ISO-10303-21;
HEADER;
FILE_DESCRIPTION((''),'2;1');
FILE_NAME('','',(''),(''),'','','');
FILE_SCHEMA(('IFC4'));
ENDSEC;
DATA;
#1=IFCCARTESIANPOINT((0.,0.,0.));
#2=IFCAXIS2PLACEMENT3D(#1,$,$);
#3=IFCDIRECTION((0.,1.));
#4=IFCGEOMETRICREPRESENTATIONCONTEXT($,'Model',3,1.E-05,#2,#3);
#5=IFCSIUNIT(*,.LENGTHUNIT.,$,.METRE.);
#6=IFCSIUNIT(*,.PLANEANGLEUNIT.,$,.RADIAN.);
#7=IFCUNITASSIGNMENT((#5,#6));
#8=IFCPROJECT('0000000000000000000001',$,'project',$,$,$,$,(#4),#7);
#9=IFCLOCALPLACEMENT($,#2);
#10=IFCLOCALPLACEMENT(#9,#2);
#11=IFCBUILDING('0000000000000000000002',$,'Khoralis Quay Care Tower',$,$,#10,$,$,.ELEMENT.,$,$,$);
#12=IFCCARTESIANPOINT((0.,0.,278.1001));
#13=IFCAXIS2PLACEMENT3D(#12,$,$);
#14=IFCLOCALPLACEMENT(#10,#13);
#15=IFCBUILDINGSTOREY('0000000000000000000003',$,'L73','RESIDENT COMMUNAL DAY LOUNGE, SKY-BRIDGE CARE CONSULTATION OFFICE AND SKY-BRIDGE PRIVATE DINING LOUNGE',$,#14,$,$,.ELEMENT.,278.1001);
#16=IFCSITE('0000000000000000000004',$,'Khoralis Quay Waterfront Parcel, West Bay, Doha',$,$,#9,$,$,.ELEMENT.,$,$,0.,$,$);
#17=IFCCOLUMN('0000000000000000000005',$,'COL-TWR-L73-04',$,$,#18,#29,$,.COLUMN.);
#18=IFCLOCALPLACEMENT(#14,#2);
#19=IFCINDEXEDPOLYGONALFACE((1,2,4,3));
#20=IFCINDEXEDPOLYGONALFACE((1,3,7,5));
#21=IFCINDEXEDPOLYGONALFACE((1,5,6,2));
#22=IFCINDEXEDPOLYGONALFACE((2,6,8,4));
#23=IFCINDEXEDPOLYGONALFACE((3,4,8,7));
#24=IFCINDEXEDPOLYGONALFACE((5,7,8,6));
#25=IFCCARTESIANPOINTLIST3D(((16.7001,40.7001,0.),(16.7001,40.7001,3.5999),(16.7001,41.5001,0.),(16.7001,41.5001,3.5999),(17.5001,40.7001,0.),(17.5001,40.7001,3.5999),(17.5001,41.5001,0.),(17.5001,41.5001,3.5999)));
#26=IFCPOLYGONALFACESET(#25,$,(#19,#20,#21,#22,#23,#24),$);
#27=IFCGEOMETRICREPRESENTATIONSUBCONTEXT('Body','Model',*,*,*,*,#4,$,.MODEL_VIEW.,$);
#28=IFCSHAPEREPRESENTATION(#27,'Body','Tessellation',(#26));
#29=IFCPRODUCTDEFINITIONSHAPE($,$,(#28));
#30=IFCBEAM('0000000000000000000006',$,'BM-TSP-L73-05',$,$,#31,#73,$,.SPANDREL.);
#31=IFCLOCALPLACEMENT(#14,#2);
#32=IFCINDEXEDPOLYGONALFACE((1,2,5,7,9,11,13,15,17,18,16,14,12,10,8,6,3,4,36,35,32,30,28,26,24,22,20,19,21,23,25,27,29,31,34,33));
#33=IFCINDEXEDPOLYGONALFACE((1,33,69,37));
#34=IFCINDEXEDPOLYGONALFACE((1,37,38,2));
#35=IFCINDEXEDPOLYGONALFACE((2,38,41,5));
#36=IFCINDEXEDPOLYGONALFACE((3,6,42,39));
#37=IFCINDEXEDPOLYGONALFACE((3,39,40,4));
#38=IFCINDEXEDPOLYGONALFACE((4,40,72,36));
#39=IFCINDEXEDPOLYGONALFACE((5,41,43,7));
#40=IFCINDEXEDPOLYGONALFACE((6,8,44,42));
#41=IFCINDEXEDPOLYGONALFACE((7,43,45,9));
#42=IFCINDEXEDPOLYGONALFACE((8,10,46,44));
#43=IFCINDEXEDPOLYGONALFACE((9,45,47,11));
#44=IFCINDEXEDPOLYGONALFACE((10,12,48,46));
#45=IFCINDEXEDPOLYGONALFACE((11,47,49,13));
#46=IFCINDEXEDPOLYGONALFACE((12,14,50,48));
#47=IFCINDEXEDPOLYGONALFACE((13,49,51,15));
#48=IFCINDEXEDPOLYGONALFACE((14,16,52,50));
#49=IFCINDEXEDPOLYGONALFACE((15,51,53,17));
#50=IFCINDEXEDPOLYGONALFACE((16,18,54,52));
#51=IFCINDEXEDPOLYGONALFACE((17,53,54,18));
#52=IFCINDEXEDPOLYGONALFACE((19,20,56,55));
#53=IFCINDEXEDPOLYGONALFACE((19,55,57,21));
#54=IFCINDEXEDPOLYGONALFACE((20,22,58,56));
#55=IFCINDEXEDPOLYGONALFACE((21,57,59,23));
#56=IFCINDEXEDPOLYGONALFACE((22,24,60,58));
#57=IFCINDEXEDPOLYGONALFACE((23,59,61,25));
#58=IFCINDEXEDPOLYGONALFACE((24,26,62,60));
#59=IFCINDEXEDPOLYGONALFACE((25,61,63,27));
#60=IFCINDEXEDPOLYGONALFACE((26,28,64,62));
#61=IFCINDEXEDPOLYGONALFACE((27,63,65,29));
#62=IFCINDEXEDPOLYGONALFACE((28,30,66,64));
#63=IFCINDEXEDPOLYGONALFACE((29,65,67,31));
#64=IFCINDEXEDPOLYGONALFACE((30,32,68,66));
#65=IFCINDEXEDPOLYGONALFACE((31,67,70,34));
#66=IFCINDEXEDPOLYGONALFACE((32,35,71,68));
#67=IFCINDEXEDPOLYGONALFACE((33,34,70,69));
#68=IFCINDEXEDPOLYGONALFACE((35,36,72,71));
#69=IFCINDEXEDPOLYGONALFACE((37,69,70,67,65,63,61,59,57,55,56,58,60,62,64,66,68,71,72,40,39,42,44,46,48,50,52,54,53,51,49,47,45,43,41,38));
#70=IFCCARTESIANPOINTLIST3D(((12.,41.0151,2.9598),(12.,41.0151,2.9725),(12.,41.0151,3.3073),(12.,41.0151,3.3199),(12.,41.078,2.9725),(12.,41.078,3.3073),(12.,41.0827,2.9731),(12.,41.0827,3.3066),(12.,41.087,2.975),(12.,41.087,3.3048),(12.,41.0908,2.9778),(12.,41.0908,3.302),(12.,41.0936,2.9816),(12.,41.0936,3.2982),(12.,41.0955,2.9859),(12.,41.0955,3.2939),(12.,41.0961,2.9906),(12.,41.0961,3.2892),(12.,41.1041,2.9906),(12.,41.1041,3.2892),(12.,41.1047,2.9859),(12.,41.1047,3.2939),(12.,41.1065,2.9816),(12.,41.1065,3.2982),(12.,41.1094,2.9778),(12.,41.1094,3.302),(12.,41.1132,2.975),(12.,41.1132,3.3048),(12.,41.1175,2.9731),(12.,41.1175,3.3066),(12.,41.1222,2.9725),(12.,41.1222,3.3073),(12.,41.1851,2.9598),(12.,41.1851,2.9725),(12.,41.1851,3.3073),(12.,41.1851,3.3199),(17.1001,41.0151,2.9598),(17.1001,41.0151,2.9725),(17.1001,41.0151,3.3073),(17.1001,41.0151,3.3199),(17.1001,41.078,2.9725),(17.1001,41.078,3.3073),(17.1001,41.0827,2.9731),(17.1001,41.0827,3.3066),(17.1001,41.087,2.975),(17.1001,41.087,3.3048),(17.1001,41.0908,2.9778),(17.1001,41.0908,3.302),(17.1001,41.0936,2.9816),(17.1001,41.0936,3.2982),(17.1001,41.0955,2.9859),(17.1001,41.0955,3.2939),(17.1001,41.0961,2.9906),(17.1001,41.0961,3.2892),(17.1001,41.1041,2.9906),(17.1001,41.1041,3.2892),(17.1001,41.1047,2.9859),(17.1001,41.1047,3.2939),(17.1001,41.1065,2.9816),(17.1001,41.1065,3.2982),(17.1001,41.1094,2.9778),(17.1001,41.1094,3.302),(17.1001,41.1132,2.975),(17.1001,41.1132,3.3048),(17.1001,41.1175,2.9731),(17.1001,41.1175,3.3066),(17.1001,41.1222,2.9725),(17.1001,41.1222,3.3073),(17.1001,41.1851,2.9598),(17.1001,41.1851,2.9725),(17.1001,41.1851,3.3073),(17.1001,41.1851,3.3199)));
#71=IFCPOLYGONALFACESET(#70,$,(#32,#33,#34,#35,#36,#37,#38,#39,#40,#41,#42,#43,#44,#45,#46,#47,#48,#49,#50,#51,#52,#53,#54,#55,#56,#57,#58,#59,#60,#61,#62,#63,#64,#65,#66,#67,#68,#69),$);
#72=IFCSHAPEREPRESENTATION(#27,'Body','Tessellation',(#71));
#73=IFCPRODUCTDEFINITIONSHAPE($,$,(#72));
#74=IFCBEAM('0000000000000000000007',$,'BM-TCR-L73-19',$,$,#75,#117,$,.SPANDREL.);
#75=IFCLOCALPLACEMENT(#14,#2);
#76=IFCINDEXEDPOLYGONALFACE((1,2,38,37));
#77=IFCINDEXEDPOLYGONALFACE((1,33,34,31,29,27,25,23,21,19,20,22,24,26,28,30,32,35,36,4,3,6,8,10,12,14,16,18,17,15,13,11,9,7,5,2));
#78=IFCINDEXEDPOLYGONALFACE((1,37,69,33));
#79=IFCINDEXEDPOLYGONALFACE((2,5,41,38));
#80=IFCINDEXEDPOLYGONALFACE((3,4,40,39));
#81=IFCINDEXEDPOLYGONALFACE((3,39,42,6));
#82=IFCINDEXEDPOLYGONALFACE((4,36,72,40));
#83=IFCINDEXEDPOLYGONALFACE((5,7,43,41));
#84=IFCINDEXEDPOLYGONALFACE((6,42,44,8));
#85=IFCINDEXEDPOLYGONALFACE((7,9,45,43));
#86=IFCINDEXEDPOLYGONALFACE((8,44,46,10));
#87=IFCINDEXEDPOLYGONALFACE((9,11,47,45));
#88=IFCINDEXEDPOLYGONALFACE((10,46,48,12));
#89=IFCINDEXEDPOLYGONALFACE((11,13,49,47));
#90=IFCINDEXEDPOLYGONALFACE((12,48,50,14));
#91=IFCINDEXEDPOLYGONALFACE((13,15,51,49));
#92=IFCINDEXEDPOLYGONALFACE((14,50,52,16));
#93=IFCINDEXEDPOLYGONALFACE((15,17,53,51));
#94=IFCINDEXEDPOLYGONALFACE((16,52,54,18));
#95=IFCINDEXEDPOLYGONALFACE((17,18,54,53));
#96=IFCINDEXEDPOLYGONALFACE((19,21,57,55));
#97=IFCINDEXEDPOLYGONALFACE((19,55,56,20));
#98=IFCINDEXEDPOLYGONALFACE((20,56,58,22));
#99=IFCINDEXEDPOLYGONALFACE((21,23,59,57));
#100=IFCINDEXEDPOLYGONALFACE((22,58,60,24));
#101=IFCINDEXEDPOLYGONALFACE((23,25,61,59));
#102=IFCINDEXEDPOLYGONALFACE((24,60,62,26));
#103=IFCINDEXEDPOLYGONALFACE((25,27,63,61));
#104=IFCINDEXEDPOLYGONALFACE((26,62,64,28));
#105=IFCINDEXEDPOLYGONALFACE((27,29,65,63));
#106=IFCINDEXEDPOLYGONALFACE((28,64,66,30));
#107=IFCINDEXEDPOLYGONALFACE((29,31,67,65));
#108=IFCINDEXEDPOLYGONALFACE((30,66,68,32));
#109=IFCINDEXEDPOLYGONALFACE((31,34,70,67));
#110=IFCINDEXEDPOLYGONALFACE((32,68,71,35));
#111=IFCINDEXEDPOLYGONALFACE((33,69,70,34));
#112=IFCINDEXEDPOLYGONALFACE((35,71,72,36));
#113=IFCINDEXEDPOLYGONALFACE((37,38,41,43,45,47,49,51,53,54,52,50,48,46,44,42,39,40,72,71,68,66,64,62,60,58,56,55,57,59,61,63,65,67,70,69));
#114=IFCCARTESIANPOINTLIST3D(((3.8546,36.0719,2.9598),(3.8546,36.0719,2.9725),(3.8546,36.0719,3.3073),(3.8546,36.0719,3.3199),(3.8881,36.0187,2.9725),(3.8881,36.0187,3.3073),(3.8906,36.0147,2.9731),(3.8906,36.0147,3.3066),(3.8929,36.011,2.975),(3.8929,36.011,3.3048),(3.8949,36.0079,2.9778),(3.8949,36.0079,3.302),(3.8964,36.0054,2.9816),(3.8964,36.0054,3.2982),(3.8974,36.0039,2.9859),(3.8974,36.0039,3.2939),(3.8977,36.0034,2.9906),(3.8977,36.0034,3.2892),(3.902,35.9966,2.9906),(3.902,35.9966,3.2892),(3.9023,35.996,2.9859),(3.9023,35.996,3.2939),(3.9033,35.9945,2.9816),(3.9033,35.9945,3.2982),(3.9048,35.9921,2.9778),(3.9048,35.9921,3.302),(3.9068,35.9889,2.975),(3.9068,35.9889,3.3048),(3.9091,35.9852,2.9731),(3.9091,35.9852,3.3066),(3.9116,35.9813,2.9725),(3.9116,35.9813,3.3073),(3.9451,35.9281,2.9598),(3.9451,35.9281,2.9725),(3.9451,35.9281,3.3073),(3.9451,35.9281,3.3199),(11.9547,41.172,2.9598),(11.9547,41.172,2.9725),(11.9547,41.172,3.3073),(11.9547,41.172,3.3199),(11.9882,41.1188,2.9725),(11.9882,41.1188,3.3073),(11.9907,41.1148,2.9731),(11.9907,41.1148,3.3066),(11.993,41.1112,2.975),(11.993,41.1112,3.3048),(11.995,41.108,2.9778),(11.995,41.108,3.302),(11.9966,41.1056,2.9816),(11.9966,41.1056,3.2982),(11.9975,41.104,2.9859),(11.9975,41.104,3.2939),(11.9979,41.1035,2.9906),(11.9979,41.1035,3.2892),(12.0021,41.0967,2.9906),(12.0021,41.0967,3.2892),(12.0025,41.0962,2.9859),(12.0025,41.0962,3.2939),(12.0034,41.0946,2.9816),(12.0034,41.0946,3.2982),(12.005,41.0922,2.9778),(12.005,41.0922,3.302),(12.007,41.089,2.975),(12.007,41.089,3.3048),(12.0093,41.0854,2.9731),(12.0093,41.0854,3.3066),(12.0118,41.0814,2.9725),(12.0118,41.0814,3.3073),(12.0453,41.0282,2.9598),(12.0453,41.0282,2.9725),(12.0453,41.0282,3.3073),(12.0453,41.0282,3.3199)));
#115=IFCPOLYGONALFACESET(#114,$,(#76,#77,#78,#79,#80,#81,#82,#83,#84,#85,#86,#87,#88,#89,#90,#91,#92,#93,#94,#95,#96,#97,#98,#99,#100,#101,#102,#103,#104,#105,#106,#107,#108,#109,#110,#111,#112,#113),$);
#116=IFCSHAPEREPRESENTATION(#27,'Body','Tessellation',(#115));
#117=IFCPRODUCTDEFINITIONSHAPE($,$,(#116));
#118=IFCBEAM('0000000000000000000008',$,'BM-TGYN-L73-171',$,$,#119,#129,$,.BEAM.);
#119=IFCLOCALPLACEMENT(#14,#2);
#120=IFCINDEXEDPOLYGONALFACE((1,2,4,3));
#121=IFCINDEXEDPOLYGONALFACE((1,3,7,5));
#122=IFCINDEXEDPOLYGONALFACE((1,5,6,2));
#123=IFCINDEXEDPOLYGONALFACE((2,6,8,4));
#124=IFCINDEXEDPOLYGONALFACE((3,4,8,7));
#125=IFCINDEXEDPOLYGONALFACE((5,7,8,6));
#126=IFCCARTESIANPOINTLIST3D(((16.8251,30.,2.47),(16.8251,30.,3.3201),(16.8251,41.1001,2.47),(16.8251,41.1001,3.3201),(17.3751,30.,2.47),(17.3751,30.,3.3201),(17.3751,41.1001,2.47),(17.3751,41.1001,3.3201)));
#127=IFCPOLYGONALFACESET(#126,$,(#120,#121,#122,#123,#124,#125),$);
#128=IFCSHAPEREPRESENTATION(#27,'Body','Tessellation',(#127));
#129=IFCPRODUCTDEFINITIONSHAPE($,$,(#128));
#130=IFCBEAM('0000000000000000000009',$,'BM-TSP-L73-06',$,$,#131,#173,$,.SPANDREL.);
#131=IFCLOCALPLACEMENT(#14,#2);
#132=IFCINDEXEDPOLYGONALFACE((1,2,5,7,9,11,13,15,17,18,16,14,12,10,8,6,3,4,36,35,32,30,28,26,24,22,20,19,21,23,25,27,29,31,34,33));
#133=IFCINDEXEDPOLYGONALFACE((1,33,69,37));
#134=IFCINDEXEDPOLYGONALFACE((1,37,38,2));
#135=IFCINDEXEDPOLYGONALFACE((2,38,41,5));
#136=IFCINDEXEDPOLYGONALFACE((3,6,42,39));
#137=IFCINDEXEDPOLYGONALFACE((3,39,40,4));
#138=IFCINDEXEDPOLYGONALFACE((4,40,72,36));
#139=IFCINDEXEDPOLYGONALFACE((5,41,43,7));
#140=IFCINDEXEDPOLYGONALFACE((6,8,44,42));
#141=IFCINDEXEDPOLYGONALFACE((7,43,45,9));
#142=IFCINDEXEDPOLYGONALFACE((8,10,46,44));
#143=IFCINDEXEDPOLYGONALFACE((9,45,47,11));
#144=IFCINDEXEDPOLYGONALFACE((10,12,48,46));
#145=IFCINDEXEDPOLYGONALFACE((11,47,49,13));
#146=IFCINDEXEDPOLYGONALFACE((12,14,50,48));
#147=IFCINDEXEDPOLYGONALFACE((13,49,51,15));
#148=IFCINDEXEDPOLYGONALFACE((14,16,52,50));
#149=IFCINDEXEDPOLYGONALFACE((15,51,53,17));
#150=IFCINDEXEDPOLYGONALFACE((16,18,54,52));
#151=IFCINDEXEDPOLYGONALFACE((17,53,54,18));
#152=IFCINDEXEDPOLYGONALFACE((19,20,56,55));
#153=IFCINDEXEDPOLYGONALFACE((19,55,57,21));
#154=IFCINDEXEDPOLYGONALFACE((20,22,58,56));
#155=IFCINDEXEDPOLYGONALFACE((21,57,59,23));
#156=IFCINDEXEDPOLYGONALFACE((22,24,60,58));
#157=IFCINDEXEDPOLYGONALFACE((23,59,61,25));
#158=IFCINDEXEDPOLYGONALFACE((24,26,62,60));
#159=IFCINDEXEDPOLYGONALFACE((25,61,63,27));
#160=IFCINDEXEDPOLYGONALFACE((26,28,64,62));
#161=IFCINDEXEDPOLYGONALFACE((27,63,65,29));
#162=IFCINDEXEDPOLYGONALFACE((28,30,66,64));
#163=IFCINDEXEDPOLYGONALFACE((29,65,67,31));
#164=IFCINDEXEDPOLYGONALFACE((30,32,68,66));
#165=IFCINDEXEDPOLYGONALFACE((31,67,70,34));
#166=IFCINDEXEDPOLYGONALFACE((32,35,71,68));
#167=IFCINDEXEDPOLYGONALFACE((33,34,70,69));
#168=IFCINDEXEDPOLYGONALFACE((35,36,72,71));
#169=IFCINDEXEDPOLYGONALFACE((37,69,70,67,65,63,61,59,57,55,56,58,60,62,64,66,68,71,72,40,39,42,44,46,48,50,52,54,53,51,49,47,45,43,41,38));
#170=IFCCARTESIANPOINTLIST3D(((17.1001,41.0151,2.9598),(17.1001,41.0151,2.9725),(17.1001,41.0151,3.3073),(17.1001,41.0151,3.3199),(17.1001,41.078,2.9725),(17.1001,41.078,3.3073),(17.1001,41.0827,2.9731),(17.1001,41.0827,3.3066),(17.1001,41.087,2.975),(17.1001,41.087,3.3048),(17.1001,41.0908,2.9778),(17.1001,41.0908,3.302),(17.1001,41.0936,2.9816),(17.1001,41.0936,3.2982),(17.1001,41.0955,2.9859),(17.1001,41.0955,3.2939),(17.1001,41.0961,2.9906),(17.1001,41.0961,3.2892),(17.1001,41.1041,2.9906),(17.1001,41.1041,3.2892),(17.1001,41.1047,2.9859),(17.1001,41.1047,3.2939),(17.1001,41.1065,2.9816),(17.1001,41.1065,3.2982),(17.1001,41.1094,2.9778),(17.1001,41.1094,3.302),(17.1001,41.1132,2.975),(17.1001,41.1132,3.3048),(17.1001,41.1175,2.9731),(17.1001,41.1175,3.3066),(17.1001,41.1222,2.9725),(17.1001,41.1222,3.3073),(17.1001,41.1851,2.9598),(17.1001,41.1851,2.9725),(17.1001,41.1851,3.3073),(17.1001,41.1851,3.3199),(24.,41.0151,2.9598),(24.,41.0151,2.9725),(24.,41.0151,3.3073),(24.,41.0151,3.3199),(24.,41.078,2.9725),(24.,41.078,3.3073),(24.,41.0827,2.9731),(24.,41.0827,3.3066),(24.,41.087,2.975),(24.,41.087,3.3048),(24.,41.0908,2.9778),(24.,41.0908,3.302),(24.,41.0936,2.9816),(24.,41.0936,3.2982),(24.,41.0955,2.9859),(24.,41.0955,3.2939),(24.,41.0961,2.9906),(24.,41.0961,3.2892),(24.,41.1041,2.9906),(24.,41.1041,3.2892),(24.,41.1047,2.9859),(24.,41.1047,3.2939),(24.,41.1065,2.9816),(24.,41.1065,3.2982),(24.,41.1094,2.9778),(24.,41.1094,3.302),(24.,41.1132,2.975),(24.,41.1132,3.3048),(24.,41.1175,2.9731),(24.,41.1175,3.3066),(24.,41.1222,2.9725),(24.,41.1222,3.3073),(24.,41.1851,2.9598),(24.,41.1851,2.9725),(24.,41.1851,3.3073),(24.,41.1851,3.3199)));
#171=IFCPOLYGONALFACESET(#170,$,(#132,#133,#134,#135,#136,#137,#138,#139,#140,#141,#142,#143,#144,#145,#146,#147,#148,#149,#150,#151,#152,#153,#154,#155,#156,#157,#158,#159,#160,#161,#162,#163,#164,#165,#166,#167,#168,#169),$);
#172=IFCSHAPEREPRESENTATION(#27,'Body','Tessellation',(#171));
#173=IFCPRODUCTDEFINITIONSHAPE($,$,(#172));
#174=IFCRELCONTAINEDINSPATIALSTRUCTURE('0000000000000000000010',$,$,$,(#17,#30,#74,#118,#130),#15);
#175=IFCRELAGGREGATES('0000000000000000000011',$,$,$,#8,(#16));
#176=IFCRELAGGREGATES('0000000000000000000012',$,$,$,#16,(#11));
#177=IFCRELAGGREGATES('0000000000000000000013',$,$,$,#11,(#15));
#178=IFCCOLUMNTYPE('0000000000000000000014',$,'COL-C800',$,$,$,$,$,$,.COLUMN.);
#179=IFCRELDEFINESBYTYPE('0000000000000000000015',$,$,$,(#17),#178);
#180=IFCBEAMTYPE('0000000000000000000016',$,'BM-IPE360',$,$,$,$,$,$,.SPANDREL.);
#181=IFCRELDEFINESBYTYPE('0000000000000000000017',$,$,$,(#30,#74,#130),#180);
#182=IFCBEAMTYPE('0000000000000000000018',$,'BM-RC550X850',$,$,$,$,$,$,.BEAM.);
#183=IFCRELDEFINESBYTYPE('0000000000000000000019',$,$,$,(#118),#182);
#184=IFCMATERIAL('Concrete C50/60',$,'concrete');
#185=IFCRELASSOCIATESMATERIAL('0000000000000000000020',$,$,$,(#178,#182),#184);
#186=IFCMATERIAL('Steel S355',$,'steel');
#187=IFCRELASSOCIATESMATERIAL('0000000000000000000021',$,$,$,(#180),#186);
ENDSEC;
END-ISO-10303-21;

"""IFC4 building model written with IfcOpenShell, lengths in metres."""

from ifc_helpers import new_model, si_unit, direction, frame, origin, origin_2d, place, context, subcontext, project, spatial, rectangle, i_section, extrude, source, transform, mapped, material, material_profile, profile_set, type_object, element, save


model = new_model("IFC4")

# Units and contexts
model_context = context("Model", 3, precision=1e-05, world=origin(), true_north=direction((0.0, 1.0)))
body_context = subcontext(model_context, "Body", "Model", "MODEL_VIEW")
ifc_project = project(units=[si_unit("LENGTHUNIT", "METRE"), si_unit("PLANEANGLEUNIT", "RADIAN")], contexts=[model_context])

# Site, building, storey
site_placement = place(None, origin())
site = spatial("IfcSite", under=ifc_project, at=site_placement, Name="Khoralis Quay Waterfront Parcel, West Bay, Doha", CompositionType="ELEMENT", RefElevation=0.0)
building_placement = place(site_placement, origin())
building = spatial("IfcBuilding", under=site, at=building_placement, Name="Khoralis Quay Care Tower", CompositionType="ELEMENT")
storey_placement = place(building_placement, frame((0.0, 0.0, 278.1001)))
storey = spatial("IfcBuildingStorey", under=building, at=storey_placement, Name="L73", Description="RESIDENT COMMUNAL DAY LOUNGE, SKY-BRIDGE CARE CONSULTATION OFFICE AND SKY-BRIDGE PRIVATE DINING LOUNGE", CompositionType="ELEMENT", Elevation=278.1001)

# Column
ifc_material_1 = material(Name="Concrete C50/60", Category="concrete")
ifc_material_profile_1 = material_profile(ifc_material_1, rectangle(XDim=0.8, YDim=0.8, at=origin_2d()), Name="Concrete C50/60")
ifc_profile_set_1 = profile_set([ifc_material_profile_1], Name="Concrete C50/60")
column_type = type_object("IfcColumnType", Name="COL-C800", PredefinedType="COLUMN", material=ifc_profile_set_1)
shared_shape_1 = source(origin(), body_context, "Body", "SweptSolid", [
    extrude(rectangle(XDim=0.8, YDim=0.8, at=origin_2d()), origin(), (0.0, 0.0, 1.0), 3.5999),
])
column_placement = place(storey_placement, frame((17.1001, 41.1001, 0.0), z_axis=(0.0, 0.0, 1.0), x_axis=(1.0, 0.0, 0.0)))
element("IfcColumn", 1, at=column_placement, inside=storey, type_object=column_type, Name="COL-TWR-L73-04", PredefinedType="COLUMN", context=body_context, shape_type="MappedRepresentation", body=[
    mapped(shared_shape_1, transform((0.0, 0.0, 0.0), scale=1.0)),
])

# Beams
ifc_material_2 = material(Name="Steel S355", Category="steel")
ifc_material_profile_2 = material_profile(ifc_material_2, i_section(OverallWidth=0.1699, OverallDepth=0.3601, WebThickness=0.0081, FlangeThickness=0.0127, FilletRadius=0.0181, at=origin_2d()), Name="Steel S355")
ifc_profile_set_2 = profile_set([ifc_material_profile_2], Name="Steel S355")
beam_type_1 = type_object("IfcBeamType", Name="BM-IPE360", PredefinedType="SPANDREL", material=ifc_profile_set_2)
shared_shape_2 = source(origin(), body_context, "Body", "SweptSolid", [
    extrude(i_section(OverallWidth=0.1699, OverallDepth=0.3601, WebThickness=0.0081, FlangeThickness=0.0127, FilletRadius=0.0181, at=origin_2d()), origin(), (0.0, 0.0, 1.0), 5.1001),
])
beam_1_placement = place(storey_placement, frame((12.0, 41.1001, 3.1399), z_axis=(1.0, 0.0, 0.0), x_axis=(0.0, 1.0, 0.0)))
element("IfcBeam", 2, at=beam_1_placement, inside=storey, type_object=beam_type_1, Name="BM-TSP-L73-05", PredefinedType="SPANDREL", context=body_context, shape_type="MappedRepresentation", body=[
    mapped(shared_shape_2, transform((0.0, 0.0, 0.0), scale=1.0)),
])
shared_shape_3 = source(origin(), body_context, "Body", "SweptSolid", [
    extrude(i_section(OverallWidth=0.1699, OverallDepth=0.3601, WebThickness=0.0081, FlangeThickness=0.0127, FilletRadius=0.0181, at=origin_2d()), origin(), (0.0, 0.0, 1.0), 9.572),
])
beam_2_placement = place(storey_placement, frame((12.0, 41.1001, 3.1399), z_axis=(-0.846231, -0.532816, 0.0), x_axis=(0.532816, -0.846231, 0.0)))
element("IfcBeam", 3, at=beam_2_placement, inside=storey, type_object=beam_type_1, Name="BM-TCR-L73-19", PredefinedType="SPANDREL", context=body_context, shape_type="MappedRepresentation", body=[
    mapped(shared_shape_3, transform((0.0, 0.0, 0.0), scale=1.0)),
])
ifc_material_profile_3 = material_profile(ifc_material_1, rectangle(XDim=0.55, YDim=0.8501, at=origin_2d()), Name="Concrete C50/60")
ifc_profile_set_3 = profile_set([ifc_material_profile_3], Name="Concrete C50/60")
beam_type_2 = type_object("IfcBeamType", Name="BM-RC550X850", PredefinedType="BEAM", material=ifc_profile_set_3)
shared_shape_4 = source(origin(), body_context, "Body", "SweptSolid", [
    extrude(rectangle(XDim=0.55, YDim=0.8501, at=origin_2d()), origin(), (0.0, 0.0, 1.0), 11.1001),
])
beam_3_placement = place(storey_placement, frame((17.1001, 30.0, 2.895), z_axis=(0.0, 1.0, 0.0), x_axis=(-1.0, 0.0, 0.0)))
element("IfcBeam", 4, at=beam_3_placement, inside=storey, type_object=beam_type_2, Name="BM-TGYN-L73-171", PredefinedType="BEAM", context=body_context, shape_type="MappedRepresentation", body=[
    mapped(shared_shape_4, transform((0.0, 0.0, 0.0), scale=1.0)),
])
shared_shape_5 = source(origin(), body_context, "Body", "SweptSolid", [
    extrude(i_section(OverallWidth=0.1699, OverallDepth=0.3601, WebThickness=0.0081, FlangeThickness=0.0127, FilletRadius=0.0181, at=origin_2d()), origin(), (0.0, 0.0, 1.0), 6.8999),
])
beam_4_placement = place(storey_placement, frame((17.1001, 41.1001, 3.1399), z_axis=(1.0, 0.0, 0.0), x_axis=(0.0, 1.0, 0.0)))
element("IfcBeam", 5, at=beam_4_placement, inside=storey, type_object=beam_type_1, Name="BM-TSP-L73-06", PredefinedType="SPANDREL", context=body_context, shape_type="MappedRepresentation", body=[
    mapped(shared_shape_5, transform((0.0, 0.0, 0.0), scale=1.0)),
])

save(model, "model.ifc")
